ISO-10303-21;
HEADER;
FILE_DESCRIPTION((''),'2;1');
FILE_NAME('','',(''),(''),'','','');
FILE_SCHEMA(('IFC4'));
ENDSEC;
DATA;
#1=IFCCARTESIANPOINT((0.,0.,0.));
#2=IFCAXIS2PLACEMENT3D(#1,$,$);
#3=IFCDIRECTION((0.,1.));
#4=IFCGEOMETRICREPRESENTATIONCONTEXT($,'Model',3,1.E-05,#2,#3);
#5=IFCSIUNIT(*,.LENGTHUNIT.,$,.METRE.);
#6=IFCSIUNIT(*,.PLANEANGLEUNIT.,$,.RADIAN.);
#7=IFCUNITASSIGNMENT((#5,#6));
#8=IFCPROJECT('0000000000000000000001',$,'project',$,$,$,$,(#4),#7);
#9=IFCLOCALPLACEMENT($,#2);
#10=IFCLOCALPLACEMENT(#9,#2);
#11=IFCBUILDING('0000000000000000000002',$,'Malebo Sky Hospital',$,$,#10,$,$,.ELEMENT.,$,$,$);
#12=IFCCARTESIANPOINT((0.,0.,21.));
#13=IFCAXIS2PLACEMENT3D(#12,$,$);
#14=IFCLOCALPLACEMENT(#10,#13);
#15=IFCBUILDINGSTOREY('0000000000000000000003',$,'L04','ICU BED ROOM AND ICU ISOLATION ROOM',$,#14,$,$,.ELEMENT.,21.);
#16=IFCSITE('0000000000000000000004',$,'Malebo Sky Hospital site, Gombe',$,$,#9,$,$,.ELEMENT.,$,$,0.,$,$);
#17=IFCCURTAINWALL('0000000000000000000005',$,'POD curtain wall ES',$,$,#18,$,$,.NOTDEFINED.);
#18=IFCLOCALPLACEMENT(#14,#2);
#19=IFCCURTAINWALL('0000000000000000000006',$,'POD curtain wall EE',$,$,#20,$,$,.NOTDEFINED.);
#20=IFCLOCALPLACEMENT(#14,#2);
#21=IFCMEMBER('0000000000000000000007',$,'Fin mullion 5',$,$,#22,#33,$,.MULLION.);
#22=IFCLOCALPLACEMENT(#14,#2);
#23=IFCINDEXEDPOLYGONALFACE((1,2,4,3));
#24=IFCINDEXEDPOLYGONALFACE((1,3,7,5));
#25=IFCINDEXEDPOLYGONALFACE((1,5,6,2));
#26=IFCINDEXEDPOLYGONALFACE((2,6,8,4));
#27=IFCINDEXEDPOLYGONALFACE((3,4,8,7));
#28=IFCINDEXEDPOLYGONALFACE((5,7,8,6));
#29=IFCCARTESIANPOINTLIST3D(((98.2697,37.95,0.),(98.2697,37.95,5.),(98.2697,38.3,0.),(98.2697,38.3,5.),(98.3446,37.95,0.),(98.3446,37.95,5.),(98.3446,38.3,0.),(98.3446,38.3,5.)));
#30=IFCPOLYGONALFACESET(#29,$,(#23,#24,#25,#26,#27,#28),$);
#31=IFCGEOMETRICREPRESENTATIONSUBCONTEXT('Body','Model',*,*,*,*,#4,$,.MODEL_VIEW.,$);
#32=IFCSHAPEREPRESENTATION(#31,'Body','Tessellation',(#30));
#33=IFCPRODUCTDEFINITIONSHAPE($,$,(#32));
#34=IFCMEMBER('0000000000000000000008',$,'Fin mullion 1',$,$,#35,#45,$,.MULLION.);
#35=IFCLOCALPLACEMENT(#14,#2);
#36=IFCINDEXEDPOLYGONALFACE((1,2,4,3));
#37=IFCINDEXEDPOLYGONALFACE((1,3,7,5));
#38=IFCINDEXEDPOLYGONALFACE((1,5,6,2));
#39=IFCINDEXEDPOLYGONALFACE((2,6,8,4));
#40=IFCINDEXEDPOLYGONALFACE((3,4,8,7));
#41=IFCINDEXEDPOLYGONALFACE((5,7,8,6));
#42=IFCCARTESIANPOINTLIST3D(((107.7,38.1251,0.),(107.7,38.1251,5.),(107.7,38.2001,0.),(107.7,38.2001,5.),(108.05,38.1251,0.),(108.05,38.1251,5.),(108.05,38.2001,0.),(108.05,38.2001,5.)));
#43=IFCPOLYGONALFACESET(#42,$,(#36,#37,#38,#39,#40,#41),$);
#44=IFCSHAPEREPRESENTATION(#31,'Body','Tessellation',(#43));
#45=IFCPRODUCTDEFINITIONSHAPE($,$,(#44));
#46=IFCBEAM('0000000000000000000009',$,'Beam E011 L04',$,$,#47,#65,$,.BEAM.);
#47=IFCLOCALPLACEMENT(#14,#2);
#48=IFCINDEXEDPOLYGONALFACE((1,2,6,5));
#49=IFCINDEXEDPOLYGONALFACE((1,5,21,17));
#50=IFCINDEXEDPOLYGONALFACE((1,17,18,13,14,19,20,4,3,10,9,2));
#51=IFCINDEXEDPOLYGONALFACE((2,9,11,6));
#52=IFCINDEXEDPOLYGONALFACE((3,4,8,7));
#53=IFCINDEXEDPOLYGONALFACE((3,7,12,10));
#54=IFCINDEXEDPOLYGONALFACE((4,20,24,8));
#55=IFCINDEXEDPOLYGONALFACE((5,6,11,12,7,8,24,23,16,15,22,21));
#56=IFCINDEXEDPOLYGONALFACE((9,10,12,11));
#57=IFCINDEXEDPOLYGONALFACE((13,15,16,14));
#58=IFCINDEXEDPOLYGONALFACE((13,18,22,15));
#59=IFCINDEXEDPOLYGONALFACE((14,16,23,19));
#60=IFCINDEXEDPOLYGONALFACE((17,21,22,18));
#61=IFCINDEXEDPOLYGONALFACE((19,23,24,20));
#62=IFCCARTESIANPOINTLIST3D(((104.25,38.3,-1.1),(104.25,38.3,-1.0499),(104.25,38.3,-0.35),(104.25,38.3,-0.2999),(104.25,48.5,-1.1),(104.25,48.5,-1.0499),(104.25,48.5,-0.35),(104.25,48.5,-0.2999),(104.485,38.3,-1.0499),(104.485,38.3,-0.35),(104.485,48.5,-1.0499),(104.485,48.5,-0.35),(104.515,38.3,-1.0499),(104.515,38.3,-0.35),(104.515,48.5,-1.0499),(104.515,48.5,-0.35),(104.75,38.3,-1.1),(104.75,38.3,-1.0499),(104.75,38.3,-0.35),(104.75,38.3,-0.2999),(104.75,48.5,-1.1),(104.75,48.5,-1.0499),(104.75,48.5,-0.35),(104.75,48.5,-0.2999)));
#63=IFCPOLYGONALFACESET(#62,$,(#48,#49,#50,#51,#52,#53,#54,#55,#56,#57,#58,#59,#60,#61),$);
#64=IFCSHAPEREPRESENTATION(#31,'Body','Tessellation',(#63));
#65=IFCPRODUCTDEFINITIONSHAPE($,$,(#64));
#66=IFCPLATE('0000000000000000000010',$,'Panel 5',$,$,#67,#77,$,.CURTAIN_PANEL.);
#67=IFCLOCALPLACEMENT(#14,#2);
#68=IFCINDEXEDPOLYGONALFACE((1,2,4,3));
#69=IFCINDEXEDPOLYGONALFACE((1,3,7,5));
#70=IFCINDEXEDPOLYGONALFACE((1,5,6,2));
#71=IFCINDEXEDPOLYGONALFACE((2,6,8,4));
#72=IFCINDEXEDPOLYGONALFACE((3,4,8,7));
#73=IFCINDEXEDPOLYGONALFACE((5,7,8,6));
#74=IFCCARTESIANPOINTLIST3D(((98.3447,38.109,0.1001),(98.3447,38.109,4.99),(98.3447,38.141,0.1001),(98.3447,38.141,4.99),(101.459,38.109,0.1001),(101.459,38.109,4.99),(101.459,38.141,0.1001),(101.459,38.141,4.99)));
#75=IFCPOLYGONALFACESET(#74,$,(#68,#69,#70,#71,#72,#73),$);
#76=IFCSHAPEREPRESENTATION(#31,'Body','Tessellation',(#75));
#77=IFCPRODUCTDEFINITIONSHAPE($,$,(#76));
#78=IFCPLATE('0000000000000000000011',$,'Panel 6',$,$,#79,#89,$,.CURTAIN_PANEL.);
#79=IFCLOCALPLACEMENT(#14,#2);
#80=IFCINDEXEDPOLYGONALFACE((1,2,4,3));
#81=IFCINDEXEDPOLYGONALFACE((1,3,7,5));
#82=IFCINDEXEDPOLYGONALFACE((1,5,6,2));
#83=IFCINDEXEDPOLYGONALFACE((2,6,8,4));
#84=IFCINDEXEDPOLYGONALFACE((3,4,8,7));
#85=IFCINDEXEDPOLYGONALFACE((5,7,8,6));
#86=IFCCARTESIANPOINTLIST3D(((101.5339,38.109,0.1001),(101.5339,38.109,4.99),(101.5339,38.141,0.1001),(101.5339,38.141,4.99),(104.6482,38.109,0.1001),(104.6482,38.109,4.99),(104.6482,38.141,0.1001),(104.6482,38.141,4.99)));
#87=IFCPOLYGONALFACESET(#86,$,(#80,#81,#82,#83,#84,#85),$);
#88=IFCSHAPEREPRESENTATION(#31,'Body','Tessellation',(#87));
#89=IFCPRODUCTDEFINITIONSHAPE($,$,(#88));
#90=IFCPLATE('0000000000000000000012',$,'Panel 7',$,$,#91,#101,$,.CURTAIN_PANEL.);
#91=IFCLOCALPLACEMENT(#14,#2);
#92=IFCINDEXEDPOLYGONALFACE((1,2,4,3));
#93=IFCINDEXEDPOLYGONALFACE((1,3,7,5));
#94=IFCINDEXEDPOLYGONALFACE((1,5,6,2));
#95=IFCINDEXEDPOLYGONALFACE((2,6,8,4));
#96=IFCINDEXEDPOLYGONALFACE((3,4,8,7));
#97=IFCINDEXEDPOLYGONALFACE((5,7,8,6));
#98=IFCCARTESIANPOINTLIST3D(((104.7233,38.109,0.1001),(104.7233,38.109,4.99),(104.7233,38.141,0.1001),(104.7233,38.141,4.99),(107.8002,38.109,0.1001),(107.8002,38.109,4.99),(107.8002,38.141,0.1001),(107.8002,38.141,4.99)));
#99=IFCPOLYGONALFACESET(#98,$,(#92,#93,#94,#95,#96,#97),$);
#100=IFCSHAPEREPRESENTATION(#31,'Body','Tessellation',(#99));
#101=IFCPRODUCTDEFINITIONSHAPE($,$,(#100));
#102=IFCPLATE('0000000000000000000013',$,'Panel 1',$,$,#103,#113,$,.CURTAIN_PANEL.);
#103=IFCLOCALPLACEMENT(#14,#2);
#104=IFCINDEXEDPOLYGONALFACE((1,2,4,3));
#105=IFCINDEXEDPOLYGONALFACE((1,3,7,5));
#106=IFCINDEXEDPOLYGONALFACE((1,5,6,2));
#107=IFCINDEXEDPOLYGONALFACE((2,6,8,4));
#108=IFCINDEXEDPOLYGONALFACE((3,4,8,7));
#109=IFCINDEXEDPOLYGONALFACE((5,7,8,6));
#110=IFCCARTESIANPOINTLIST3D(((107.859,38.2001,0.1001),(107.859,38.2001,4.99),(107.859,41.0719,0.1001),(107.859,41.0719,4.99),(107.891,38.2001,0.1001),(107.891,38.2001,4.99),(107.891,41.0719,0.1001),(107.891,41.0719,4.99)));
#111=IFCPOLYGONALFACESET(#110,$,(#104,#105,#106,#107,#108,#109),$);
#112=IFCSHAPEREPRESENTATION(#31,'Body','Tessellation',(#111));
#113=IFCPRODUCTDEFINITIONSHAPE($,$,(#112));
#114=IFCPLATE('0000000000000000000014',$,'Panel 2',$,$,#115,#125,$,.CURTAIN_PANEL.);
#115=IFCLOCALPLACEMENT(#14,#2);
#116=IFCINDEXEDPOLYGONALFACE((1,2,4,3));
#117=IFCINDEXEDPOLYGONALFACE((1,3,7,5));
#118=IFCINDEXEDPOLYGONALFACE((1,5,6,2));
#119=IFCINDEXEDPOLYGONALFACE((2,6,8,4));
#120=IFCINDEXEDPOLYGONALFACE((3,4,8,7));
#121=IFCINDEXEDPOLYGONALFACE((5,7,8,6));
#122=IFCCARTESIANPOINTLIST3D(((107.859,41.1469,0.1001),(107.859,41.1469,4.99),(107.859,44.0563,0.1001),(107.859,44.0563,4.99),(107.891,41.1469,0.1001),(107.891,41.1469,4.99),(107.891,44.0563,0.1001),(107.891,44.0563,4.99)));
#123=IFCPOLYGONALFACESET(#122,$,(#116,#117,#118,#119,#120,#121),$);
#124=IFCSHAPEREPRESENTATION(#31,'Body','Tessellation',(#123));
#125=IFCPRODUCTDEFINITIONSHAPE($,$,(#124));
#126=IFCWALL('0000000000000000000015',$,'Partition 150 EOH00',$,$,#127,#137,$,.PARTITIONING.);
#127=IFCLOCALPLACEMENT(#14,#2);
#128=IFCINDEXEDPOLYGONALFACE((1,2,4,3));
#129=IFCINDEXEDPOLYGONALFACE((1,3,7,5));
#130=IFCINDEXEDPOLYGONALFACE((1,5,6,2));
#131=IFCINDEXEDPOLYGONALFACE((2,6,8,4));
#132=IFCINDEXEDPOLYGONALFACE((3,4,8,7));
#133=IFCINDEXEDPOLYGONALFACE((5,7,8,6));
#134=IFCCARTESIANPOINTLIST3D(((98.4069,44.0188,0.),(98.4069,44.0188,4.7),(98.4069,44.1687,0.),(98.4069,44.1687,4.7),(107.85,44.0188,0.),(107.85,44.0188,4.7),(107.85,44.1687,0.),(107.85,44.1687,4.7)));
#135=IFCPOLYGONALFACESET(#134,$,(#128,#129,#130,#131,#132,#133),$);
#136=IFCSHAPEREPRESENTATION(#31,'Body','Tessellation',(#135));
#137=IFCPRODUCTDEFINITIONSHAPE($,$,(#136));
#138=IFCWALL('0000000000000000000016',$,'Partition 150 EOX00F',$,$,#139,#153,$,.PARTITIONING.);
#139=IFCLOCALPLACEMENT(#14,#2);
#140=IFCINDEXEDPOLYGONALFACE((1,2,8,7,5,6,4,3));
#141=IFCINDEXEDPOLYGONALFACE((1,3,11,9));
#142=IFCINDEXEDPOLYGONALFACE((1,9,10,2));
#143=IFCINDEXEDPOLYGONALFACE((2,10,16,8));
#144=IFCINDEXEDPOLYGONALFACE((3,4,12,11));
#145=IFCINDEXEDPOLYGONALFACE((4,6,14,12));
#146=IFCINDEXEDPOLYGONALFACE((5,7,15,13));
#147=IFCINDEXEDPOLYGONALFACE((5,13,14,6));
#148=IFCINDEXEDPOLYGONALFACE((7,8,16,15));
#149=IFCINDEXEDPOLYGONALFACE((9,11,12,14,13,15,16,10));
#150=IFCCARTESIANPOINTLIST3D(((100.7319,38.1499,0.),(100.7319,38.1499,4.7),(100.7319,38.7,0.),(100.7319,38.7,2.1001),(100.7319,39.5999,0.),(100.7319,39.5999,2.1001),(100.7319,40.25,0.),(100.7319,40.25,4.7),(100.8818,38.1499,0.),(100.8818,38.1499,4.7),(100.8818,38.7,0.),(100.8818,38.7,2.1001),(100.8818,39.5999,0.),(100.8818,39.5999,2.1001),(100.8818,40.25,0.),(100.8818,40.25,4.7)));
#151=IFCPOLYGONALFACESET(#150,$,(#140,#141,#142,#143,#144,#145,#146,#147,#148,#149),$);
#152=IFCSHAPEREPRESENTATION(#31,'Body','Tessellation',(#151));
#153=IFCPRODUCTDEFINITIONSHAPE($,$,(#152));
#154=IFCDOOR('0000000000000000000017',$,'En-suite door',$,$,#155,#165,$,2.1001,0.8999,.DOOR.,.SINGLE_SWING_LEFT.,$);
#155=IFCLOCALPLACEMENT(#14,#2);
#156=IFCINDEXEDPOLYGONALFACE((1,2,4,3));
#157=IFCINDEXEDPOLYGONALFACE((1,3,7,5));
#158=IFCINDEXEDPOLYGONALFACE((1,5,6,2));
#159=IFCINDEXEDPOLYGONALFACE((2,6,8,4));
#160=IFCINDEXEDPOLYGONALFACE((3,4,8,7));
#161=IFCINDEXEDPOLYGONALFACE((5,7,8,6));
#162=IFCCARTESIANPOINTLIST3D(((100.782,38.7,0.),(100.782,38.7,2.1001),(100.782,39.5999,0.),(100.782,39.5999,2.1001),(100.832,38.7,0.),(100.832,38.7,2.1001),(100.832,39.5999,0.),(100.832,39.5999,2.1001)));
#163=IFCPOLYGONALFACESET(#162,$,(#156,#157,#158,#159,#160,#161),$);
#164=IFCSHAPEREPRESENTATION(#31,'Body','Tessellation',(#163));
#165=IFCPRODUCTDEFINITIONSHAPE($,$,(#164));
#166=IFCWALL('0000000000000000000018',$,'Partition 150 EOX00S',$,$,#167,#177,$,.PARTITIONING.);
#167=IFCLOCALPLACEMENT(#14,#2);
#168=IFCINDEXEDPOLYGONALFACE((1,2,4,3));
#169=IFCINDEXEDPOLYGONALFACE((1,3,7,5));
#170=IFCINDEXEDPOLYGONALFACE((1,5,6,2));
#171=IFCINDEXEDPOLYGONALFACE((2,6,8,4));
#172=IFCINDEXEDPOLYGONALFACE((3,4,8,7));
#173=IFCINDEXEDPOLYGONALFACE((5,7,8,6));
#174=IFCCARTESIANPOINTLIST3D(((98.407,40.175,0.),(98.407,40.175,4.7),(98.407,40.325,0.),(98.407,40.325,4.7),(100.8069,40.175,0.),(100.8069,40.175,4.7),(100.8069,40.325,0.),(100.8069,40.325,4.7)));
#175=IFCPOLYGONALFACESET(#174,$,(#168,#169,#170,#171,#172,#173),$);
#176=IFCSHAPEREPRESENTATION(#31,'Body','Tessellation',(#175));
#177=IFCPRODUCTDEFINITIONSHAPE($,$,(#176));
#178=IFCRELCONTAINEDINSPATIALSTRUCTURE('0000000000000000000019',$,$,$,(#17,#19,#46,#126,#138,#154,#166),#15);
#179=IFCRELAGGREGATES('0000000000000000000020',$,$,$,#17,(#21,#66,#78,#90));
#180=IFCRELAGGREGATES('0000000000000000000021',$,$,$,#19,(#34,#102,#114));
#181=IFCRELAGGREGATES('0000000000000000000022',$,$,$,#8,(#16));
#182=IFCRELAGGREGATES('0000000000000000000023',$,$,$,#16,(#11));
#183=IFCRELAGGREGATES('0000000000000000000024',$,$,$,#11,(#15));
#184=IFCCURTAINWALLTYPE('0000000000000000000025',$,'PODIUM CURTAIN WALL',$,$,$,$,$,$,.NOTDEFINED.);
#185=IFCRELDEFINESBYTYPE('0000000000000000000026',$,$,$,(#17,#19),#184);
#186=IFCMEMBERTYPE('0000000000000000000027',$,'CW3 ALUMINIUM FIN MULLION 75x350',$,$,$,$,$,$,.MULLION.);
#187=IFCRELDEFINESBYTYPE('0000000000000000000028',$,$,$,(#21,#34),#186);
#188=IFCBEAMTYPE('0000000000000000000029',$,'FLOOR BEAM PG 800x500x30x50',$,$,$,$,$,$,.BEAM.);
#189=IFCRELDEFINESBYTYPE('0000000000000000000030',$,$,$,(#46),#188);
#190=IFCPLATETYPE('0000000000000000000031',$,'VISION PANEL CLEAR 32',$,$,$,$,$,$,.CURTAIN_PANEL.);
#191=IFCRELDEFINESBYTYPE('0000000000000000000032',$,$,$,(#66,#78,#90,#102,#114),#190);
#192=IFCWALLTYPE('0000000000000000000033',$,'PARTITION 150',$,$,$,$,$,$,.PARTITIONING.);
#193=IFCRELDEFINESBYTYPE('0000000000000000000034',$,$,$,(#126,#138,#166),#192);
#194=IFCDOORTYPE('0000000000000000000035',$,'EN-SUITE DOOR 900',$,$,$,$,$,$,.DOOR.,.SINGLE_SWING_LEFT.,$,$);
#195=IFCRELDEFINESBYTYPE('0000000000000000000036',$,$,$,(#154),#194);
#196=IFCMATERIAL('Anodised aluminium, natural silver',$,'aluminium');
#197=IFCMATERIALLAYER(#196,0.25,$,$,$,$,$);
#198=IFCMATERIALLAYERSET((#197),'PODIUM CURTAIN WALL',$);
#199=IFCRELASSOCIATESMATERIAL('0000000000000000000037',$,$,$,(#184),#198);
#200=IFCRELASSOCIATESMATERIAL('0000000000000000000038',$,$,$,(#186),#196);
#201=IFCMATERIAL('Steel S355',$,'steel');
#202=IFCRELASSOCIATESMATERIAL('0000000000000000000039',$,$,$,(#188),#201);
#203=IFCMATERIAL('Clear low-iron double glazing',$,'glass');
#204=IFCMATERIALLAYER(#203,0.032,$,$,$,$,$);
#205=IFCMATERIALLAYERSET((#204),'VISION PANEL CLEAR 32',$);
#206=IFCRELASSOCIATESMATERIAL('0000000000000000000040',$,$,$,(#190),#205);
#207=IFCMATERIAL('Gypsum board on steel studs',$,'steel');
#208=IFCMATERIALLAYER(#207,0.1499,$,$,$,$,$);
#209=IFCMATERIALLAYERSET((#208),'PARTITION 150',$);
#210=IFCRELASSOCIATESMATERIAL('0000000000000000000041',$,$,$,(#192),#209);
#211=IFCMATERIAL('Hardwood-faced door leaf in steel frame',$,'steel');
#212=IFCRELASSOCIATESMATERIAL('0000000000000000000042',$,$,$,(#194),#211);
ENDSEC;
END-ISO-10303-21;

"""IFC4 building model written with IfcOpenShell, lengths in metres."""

from ifc_helpers import new_model, si_unit, direction, frame, frame_2d, origin, origin_2d, place, context, subcontext, project, spatial, rectangle, i_section, extrude, material, layer, layer_set, material_profile, profile_set, type_object, element, fill, aggregate, save


model = new_model("IFC4")

# Units and contexts
model_context = context("Model", 3, precision=1e-05, world=origin(), true_north=direction((0.0, 1.0)))
body_context = subcontext(model_context, "Body", "Model", "MODEL_VIEW")
ifc_project = project(units=[si_unit("LENGTHUNIT", "METRE"), si_unit("PLANEANGLEUNIT", "RADIAN")], contexts=[model_context])

# Site, building, storey
site_placement = place(None, origin())
site = spatial("IfcSite", under=ifc_project, at=site_placement, Name="Malebo Sky Hospital site, Gombe", CompositionType="ELEMENT", RefElevation=0.0)
building_placement = place(site_placement, origin())
building = spatial("IfcBuilding", under=site, at=building_placement, Name="Malebo Sky Hospital", CompositionType="ELEMENT")
storey_placement = place(building_placement, frame((0.0, 0.0, 21.0)))
storey = spatial("IfcBuildingStorey", under=building, at=storey_placement, Name="L04", Description="ICU BED ROOM AND ICU ISOLATION ROOM", CompositionType="ELEMENT", Elevation=21.0)

# Shared definitions
ifc_material_1 = material(Name="Steel S355", Category="steel")

# Curtain walls
ifc_material_2 = material(Name="Anodised aluminium, natural silver", Category="aluminium")
ifc_layer_1 = layer(ifc_material_2, 0.25)
ifc_layer_set_1 = layer_set([ifc_layer_1], Name="PODIUM CURTAIN WALL")
curtain_wall_type = type_object("IfcCurtainWallType", Name="PODIUM CURTAIN WALL", PredefinedType="NOTDEFINED", material=ifc_layer_set_1)
curtain_wall_1_placement = place(storey_placement, origin())
curtain_wall_1 = element("IfcCurtainWall", 1, at=curtain_wall_1_placement, inside=storey, type_object=curtain_wall_type, Name="POD curtain wall ES", PredefinedType="NOTDEFINED")
curtain_wall_2_placement = place(storey_placement, origin())
curtain_wall_2 = element("IfcCurtainWall", 2, at=curtain_wall_2_placement, inside=storey, type_object=curtain_wall_type, Name="POD curtain wall EE", PredefinedType="NOTDEFINED")

# Members
ifc_material_profile_1 = material_profile(ifc_material_2, rectangle(XDim=0.075, YDim=0.3501, at=origin_2d()), Name="CW3 ALUMINIUM FIN MULLION 75x350")
ifc_profile_set_1 = profile_set([ifc_material_profile_1], Name="Anodised aluminium, natural silver")
member_type_1 = type_object("IfcMemberType", Name="CW3 ALUMINIUM FIN MULLION 75x350", PredefinedType="MULLION", material=ifc_profile_set_1)
member_1_placement = place(storey_placement, frame((98.3071, 38.125, 0.0), z_axis=(0.0, 0.0, 1.0), x_axis=(1.0, 0.0, 0.0)))
member_1 = element("IfcMember", 3, at=member_1_placement, type_object=member_type_1, Name="Fin mullion 5", PredefinedType="MULLION", context=body_context, shape_type="SweptSolid", body=[
    extrude(rectangle(XDim=0.075, YDim=0.3501, at=origin_2d()), origin(), (0.0, 0.0, 1.0), 5.0),
])
member_2_placement = place(storey_placement, frame((107.875, 38.1626, 0.0), z_axis=(0.0, 0.0, 1.0), x_axis=(0.0, 1.0, 0.0)))
member_2 = element("IfcMember", 4, at=member_2_placement, type_object=member_type_1, Name="Fin mullion 1", PredefinedType="MULLION", context=body_context, shape_type="SweptSolid", body=[
    extrude(rectangle(XDim=0.075, YDim=0.3501, at=origin_2d()), origin(), (0.0, 0.0, 1.0), 5.0),
])

# Beam
ifc_material_profile_2 = material_profile(ifc_material_1, i_section(OverallWidth=0.5, OverallDepth=0.8, WebThickness=0.03, FlangeThickness=0.05, at=origin_2d()), Name="PG 800x500x30x50")
ifc_profile_set_2 = profile_set([ifc_material_profile_2], Name="Steel S355")
beam_type = type_object("IfcBeamType", Name="FLOOR BEAM PG 800x500x30x50", PredefinedType="BEAM", material=ifc_profile_set_2)
beam_placement = place(storey_placement, frame((104.5, 38.3, -0.7), z_axis=(0.0, 1.0, 0.0), x_axis=(-1.0, 0.0, 0.0)))
element("IfcBeam", 5, at=beam_placement, inside=storey, type_object=beam_type, Name="Beam E011 L04", PredefinedType="BEAM", context=body_context, shape_type="SweptSolid", body=[
    extrude(i_section(OverallWidth=0.5, OverallDepth=0.8, WebThickness=0.03, FlangeThickness=0.05, at=origin_2d()), origin(), (0.0, 0.0, 1.0), 10.2),
])

# Plates
ifc_material_3 = material(Name="Clear low-iron double glazing", Category="glass")
ifc_layer_2 = layer(ifc_material_3, 0.032)
ifc_layer_set_2 = layer_set([ifc_layer_2], Name="VISION PANEL CLEAR 32")
plate_type = type_object("IfcPlateType", Name="VISION PANEL CLEAR 32", PredefinedType="CURTAIN_PANEL", material=ifc_layer_set_2)
plate_1_placement = place(storey_placement, frame((99.9019, 38.125, 0.1001), z_axis=(0.0, 0.0, 1.0), x_axis=(1.0, 0.0, 0.0)))
plate_1 = element("IfcPlate", 6, at=plate_1_placement, type_object=plate_type, Name="Panel 5", PredefinedType="CURTAIN_PANEL", context=body_context, shape_type="SweptSolid", body=[
    extrude(rectangle(XDim=3.1143, YDim=0.032, at=origin_2d()), origin(), (0.0, 0.0, 1.0), 4.8899),
])
plate_2_placement = place(storey_placement, frame((103.0911, 38.125, 0.1001), z_axis=(0.0, 0.0, 1.0), x_axis=(1.0, 0.0, 0.0)))
plate_2 = element("IfcPlate", 7, at=plate_2_placement, type_object=plate_type, Name="Panel 6", PredefinedType="CURTAIN_PANEL", context=body_context, shape_type="SweptSolid", body=[
    extrude(rectangle(XDim=3.1143, YDim=0.032, at=origin_2d()), origin(), (0.0, 0.0, 1.0), 4.8899),
])
plate_3_placement = place(storey_placement, frame((106.2617, 38.125, 0.1001), z_axis=(0.0, 0.0, 1.0), x_axis=(1.0, 0.0, 0.0)))
plate_3 = element("IfcPlate", 8, at=plate_3_placement, type_object=plate_type, Name="Panel 7", PredefinedType="CURTAIN_PANEL", context=body_context, shape_type="SweptSolid", body=[
    extrude(rectangle(XDim=3.0769, YDim=0.032, at=origin_2d()), origin(), (0.0, 0.0, 1.0), 4.8899),
])
aggregate(curtain_wall_1, [member_1, plate_1, plate_2, plate_3])
plate_4_placement = place(storey_placement, frame((107.875, 39.636, 0.1001), z_axis=(0.0, 0.0, 1.0), x_axis=(0.0, 1.0, 0.0)))
plate_4 = element("IfcPlate", 9, at=plate_4_placement, type_object=plate_type, Name="Panel 1", PredefinedType="CURTAIN_PANEL", context=body_context, shape_type="SweptSolid", body=[
    extrude(rectangle(XDim=2.8718, YDim=0.032, at=origin_2d()), origin(), (0.0, 0.0, 1.0), 4.8899),
])
plate_5_placement = place(storey_placement, frame((107.875, 42.6016, 0.1001), z_axis=(0.0, 0.0, 1.0), x_axis=(0.0, 1.0, 0.0)))
plate_5 = element("IfcPlate", 10, at=plate_5_placement, type_object=plate_type, Name="Panel 2", PredefinedType="CURTAIN_PANEL", context=body_context, shape_type="SweptSolid", body=[
    extrude(rectangle(XDim=2.9094, YDim=0.032, at=origin_2d()), origin(), (0.0, 0.0, 1.0), 4.8899),
])
aggregate(curtain_wall_2, [member_2, plate_4, plate_5])

# Wall
ifc_material_4 = material(Name="Gypsum board on steel studs", Category="steel")
ifc_layer_3 = layer(ifc_material_4, 0.1499)
ifc_layer_set_3 = layer_set([ifc_layer_3], Name="PARTITION 150")
wall_type = type_object("IfcWallType", Name="PARTITION 150", PredefinedType="PARTITIONING", material=ifc_layer_set_3)
wall_1_placement = place(storey_placement, frame((107.8501, 44.0938, 0.0), z_axis=(0.0, 0.0, 1.0), x_axis=(-1.0, 0.0, 0.0)))
element("IfcWall", 11, at=wall_1_placement, inside=storey, type_object=wall_type, Name="Partition 150 EOH00", PredefinedType="PARTITIONING", context=body_context, shape_type="SweptSolid", body=[
    extrude(rectangle(XDim=9.4431, YDim=0.1499, at=frame_2d((4.7217, 0.0))), origin(), (0.0, 0.0, 1.0), 4.7),
])

# Wall, opening, door
wall_2_placement = place(storey_placement, frame((100.8069, 38.1499, 0.0), z_axis=(0.0, 0.0, 1.0), x_axis=(0.0, 1.0, 0.0)))
wall_2 = element("IfcWall", 12, at=wall_2_placement, inside=storey, type_object=wall_type, Name="Partition 150 EOX00F", PredefinedType="PARTITIONING", context=body_context, shape_type="SweptSolid", body=[
    extrude(rectangle(XDim=2.1001, YDim=0.1499, at=frame_2d((1.05, 0.0))), origin(), (0.0, 0.0, 1.0), 4.7),
])
opening_1_placement = place(wall_2_placement, frame((0.55, 0.0, 0.0)))
opening_1 = element("IfcOpeningElement", 13, at=opening_1_placement, cuts=wall_2, PredefinedType="OPENING", context=body_context, shape_type="SweptSolid", body=[
    extrude(rectangle(XDim=0.8999, YDim=2.1001, at=frame_2d((0.45, 1.05))), frame((0.0, 0.085, 0.0), z_axis=(0.0, -1.0, 0.0), x_axis=(1.0, 0.0, 0.0)), (0.0, 0.0, 1.0), 0.1699),
])
ifc_material_5 = material(Name="Hardwood-faced door leaf in steel frame", Category="steel")
door_type = type_object("IfcDoorType", Name="EN-SUITE DOOR 900", OperationType="SINGLE_SWING_LEFT", PredefinedType="DOOR", material=ifc_material_5)
door_1_placement = place(opening_1_placement, origin())
door_1 = element("IfcDoor", 14, at=door_1_placement, inside=storey, type_object=door_type, Name="En-suite door", OperationType="SINGLE_SWING_LEFT", OverallHeight=2.1001, OverallWidth=0.8999, PredefinedType="DOOR", context=body_context, shape_type="SweptSolid", body=[
    extrude(rectangle(XDim=0.8999, YDim=2.1001, at=frame_2d((0.45, 1.05))), frame((0.0, 0.0249, 0.0), z_axis=(0.0, -1.0, 0.0), x_axis=(1.0, 0.0, 0.0)), (0.0, 0.0, 1.0), 0.05),
])
fill(opening_1, door_1)

# Wall
wall_3_placement = place(storey_placement, frame((98.407, 40.25, 0.0), z_axis=(0.0, 0.0, 1.0), x_axis=(1.0, 0.0, 0.0)))
element("IfcWall", 15, at=wall_3_placement, inside=storey, type_object=wall_type, Name="Partition 150 EOX00S", PredefinedType="PARTITIONING", context=body_context, shape_type="SweptSolid", body=[
    extrude(rectangle(XDim=2.3999, YDim=0.1499, at=frame_2d((1.2, 0.0))), origin(), (0.0, 0.0, 1.0), 4.7),
])

save(model, "model.ifc")
